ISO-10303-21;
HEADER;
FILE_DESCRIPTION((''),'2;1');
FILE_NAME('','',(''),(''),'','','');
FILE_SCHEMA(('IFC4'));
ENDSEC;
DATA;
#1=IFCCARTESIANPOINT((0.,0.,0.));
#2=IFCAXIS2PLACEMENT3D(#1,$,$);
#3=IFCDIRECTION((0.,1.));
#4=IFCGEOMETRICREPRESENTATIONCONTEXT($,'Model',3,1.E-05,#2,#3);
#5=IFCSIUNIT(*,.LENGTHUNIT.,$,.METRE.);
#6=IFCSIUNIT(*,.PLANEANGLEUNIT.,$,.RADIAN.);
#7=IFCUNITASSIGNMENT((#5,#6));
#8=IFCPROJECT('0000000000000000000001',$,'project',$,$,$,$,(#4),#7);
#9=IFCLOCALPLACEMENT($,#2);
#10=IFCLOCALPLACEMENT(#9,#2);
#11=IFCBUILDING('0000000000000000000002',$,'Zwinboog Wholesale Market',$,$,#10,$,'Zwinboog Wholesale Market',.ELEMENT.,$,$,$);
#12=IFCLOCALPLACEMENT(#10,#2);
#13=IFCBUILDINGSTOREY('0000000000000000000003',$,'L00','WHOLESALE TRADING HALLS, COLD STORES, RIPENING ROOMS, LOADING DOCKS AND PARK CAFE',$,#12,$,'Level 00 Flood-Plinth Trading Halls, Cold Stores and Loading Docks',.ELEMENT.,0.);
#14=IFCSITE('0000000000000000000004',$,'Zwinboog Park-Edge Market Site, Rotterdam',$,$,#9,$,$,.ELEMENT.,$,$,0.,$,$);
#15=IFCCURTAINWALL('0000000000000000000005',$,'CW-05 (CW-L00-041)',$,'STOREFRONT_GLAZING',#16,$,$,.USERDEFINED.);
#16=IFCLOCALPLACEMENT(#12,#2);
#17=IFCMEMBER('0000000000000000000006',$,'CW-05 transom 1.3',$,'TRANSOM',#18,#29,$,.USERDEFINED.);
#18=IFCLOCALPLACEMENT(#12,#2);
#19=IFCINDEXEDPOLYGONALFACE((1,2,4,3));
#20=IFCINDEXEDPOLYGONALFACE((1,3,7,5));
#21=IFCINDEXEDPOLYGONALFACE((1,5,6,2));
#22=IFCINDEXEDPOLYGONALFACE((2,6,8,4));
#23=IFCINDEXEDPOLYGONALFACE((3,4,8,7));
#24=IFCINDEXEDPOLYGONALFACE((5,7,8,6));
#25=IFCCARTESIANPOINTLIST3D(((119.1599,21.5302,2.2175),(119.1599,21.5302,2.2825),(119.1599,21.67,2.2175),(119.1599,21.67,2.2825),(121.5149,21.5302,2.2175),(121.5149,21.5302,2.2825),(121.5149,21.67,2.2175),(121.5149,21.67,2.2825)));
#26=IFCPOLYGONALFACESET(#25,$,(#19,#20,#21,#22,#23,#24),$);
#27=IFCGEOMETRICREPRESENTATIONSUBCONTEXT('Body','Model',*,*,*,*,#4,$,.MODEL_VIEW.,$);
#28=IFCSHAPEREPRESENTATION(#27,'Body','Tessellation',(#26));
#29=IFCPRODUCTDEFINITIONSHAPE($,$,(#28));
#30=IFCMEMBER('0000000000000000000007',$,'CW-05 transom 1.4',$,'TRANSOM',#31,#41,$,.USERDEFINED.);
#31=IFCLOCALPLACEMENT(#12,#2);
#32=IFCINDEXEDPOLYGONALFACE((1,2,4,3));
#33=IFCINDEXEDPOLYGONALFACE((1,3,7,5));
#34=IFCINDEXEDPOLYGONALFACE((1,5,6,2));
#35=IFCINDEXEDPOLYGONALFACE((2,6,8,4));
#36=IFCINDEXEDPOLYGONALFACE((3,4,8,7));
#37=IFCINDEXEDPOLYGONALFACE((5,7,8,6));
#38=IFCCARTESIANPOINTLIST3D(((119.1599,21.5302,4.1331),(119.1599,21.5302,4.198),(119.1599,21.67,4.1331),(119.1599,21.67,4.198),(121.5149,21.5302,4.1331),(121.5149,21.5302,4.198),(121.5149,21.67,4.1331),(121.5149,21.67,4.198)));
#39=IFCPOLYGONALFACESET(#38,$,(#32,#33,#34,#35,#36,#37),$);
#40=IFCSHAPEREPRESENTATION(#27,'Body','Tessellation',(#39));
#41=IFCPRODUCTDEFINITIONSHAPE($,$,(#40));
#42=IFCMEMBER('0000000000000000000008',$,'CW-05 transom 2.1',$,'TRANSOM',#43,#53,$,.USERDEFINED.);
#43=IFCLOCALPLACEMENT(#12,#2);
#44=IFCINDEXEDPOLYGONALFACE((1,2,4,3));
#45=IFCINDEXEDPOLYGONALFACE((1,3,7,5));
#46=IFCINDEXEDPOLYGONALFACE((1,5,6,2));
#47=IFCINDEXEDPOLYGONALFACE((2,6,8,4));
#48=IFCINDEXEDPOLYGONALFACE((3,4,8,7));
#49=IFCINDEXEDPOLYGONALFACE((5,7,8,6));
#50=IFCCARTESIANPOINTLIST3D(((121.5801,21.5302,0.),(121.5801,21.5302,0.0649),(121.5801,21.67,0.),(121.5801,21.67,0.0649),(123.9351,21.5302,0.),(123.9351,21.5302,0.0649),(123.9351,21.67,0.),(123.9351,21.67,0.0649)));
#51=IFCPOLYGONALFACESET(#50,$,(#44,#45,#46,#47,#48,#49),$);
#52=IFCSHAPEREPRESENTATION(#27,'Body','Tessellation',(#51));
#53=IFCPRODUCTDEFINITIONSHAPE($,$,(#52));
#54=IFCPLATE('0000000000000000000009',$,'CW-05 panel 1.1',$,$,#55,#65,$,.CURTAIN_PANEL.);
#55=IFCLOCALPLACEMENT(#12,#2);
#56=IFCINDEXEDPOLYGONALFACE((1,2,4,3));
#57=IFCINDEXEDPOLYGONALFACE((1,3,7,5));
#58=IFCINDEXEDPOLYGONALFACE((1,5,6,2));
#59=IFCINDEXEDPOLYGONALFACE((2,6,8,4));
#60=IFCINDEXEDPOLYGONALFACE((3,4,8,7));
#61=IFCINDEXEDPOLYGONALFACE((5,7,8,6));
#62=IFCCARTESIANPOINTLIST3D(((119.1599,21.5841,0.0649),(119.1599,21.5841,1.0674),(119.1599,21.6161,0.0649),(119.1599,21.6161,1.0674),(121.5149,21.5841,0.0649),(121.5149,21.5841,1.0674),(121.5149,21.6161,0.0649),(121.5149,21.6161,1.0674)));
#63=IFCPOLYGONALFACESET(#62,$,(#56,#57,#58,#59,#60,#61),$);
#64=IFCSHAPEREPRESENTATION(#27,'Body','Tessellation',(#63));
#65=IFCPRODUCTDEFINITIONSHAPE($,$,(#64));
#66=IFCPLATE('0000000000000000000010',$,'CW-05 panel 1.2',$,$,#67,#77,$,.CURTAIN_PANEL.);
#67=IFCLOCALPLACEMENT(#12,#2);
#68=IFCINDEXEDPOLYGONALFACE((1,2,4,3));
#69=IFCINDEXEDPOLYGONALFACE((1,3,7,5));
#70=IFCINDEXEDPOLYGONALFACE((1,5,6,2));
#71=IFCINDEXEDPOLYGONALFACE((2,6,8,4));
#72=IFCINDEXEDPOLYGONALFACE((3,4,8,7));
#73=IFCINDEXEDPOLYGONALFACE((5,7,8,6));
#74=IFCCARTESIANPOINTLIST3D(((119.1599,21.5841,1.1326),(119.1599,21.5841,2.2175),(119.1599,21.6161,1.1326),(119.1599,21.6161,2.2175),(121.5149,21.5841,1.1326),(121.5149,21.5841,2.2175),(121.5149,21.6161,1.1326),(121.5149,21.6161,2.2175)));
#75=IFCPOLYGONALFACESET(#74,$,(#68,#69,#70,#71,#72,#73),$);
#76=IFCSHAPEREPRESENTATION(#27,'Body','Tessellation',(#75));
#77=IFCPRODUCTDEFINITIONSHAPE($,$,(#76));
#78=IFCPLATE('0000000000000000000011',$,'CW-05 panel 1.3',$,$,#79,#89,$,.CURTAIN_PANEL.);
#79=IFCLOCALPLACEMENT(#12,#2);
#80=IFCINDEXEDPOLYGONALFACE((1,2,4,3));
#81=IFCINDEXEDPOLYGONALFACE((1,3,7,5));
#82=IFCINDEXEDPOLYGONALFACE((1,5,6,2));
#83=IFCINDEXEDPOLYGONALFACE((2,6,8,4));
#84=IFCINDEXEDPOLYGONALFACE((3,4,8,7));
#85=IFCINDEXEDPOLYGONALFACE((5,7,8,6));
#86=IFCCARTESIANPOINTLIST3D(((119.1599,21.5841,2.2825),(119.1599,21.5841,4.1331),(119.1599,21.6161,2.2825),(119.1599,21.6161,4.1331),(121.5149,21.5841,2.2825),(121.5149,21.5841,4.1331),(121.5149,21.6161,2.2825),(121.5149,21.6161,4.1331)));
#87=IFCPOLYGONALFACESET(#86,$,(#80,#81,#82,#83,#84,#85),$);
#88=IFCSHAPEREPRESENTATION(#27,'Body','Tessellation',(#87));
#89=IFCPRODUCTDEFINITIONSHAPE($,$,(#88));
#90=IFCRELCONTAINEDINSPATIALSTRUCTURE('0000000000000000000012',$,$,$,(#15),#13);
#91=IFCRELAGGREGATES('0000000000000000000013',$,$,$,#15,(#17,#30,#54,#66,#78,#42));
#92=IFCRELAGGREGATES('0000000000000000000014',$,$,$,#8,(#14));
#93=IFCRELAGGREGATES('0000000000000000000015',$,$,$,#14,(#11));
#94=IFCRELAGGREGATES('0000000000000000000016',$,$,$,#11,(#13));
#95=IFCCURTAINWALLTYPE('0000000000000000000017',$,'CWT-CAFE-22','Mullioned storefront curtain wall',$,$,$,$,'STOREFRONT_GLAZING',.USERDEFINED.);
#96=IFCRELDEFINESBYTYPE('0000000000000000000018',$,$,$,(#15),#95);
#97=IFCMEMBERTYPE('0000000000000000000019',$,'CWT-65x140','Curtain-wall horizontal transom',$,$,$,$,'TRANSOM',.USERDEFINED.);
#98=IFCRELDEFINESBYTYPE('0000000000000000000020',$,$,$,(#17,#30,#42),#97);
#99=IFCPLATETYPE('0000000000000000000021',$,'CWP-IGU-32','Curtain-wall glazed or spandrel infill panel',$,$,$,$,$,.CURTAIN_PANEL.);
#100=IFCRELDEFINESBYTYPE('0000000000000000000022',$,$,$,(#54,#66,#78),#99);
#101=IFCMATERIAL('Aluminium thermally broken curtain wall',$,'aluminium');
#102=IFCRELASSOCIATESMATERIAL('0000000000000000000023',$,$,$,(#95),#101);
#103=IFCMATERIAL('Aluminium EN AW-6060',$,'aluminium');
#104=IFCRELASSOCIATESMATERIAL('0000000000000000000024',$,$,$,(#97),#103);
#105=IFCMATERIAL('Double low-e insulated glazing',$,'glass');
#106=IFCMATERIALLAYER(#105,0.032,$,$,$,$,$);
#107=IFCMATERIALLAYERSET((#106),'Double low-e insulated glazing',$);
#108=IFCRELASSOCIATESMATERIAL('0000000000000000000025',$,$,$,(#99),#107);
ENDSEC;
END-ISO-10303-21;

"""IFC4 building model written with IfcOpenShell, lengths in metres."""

from ifc_helpers import new_model, si_unit, direction, frame, origin, origin_2d, place, context, subcontext, project, spatial, rectangle, extrude, material, layer, layer_set, material_profile, profile_set, type_object, element, aggregate, save


model = new_model("IFC4")

# Units and contexts
model_context = context("Model", 3, precision=1e-05, world=origin(), true_north=direction((0.0, 1.0)))
body_context = subcontext(model_context, "Body", "Model", "MODEL_VIEW")
ifc_project = project(units=[si_unit("LENGTHUNIT", "METRE"), si_unit("PLANEANGLEUNIT", "RADIAN")], contexts=[model_context])

# Site, building, storey
site_placement = place(None, origin())
site = spatial("IfcSite", under=ifc_project, at=site_placement, Name="Zwinboog Park-Edge Market Site, Rotterdam", CompositionType="ELEMENT", RefElevation=0.0)
building_placement = place(site_placement, origin())
building = spatial("IfcBuilding", under=site, at=building_placement, Name="Zwinboog Wholesale Market", LongName="Zwinboog Wholesale Market", CompositionType="ELEMENT")
storey_placement = place(building_placement, origin())
storey = spatial("IfcBuildingStorey", under=building, at=storey_placement, Name="L00", Description="WHOLESALE TRADING HALLS, COLD STORES, RIPENING ROOMS, LOADING DOCKS AND PARK CAFE", LongName="Level 00 Flood-Plinth Trading Halls, Cold Stores and Loading Docks", CompositionType="ELEMENT", Elevation=0.0)

# Curtain wall, members, plates
ifc_material_1 = material(Name="Aluminium thermally broken curtain wall", Category="aluminium")
curtain_wall_type = type_object("IfcCurtainWallType", Name="CWT-CAFE-22", Description="Mullioned storefront curtain wall", ElementType="STOREFRONT_GLAZING", PredefinedType="USERDEFINED", material=ifc_material_1)
curtain_wall_placement = place(storey_placement, origin())
curtain_wall = element("IfcCurtainWall", 1, at=curtain_wall_placement, inside=storey, type_object=curtain_wall_type, Name="CW-05 (CW-L00-041)", ObjectType="STOREFRONT_GLAZING", PredefinedType="USERDEFINED")
ifc_material_2 = material(Name="Aluminium EN AW-6060", Category="aluminium")
ifc_material_profile_1 = material_profile(ifc_material_2, rectangle(XDim=0.1399, YDim=0.0649, at=origin_2d()), Name="AL 65x140")
ifc_profile_set_1 = profile_set([ifc_material_profile_1], Name="Aluminium EN AW-6060")
member_type_1 = type_object("IfcMemberType", Name="CWT-65x140", Description="Curtain-wall horizontal transom", ElementType="TRANSOM", PredefinedType="USERDEFINED", material=ifc_profile_set_1)
member_1_placement = place(storey_placement, frame((119.1599, 21.6001, 2.25), z_axis=(1.0, 0.0, 0.0), x_axis=(0.0, 1.0, 0.0)))
member_1 = element("IfcMember", 2, at=member_1_placement, type_object=member_type_1, Name="CW-05 transom 1.3", ObjectType="TRANSOM", PredefinedType="USERDEFINED", context=body_context, shape_type="SweptSolid", body=[
    extrude(rectangle(XDim=0.1399, YDim=0.0649, at=origin_2d()), origin(), (0.0, 0.0, 1.0), 2.355),
])
member_2_placement = place(storey_placement, frame((119.1599, 21.6001, 4.1655), z_axis=(1.0, 0.0, 0.0), x_axis=(0.0, 1.0, 0.0)))
member_2 = element("IfcMember", 3, at=member_2_placement, type_object=member_type_1, Name="CW-05 transom 1.4", ObjectType="TRANSOM", PredefinedType="USERDEFINED", context=body_context, shape_type="SweptSolid", body=[
    extrude(rectangle(XDim=0.1399, YDim=0.0649, at=origin_2d()), origin(), (0.0, 0.0, 1.0), 2.355),
])
member_3_placement = place(storey_placement, frame((121.5801, 21.6001, 0.0325), z_axis=(1.0, 0.0, 0.0), x_axis=(0.0, 1.0, 0.0)))
member_3 = element("IfcMember", 4, at=member_3_placement, type_object=member_type_1, Name="CW-05 transom 2.1", ObjectType="TRANSOM", PredefinedType="USERDEFINED", context=body_context, shape_type="SweptSolid", body=[
    extrude(rectangle(XDim=0.1399, YDim=0.0649, at=origin_2d()), origin(), (0.0, 0.0, 1.0), 2.355),
])
ifc_material_3 = material(Name="Double low-e insulated glazing", Category="glass")
ifc_layer = layer(ifc_material_3, 0.032)
ifc_layer_set = layer_set([ifc_layer], Name="Double low-e insulated glazing")
plate_type = type_object("IfcPlateType", Name="CWP-IGU-32", Description="Curtain-wall glazed or spandrel infill panel", PredefinedType="CURTAIN_PANEL", material=ifc_layer_set)
plate_1_placement = place(storey_placement, frame((120.3374, 21.6001, 0.0649), z_axis=(0.0, 0.0, 1.0), x_axis=(1.0, 0.0, 0.0)))
plate_1 = element("IfcPlate", 5, at=plate_1_placement, type_object=plate_type, Name="CW-05 panel 1.1", PredefinedType="CURTAIN_PANEL", context=body_context, shape_type="SweptSolid", body=[
    extrude(rectangle(XDim=2.355, YDim=0.032, at=origin_2d()), origin(), (0.0, 0.0, 1.0), 1.0024),
])
plate_2_placement = place(storey_placement, frame((120.3374, 21.6001, 1.1326), z_axis=(0.0, 0.0, 1.0), x_axis=(1.0, 0.0, 0.0)))
plate_2 = element("IfcPlate", 6, at=plate_2_placement, type_object=plate_type, Name="CW-05 panel 1.2", PredefinedType="CURTAIN_PANEL", context=body_context, shape_type="SweptSolid", body=[
    extrude(rectangle(XDim=2.355, YDim=0.032, at=origin_2d()), origin(), (0.0, 0.0, 1.0), 1.085),
])
plate_3_placement = place(storey_placement, frame((120.3374, 21.6001, 2.2825), z_axis=(0.0, 0.0, 1.0), x_axis=(1.0, 0.0, 0.0)))
plate_3 = element("IfcPlate", 7, at=plate_3_placement, type_object=plate_type, Name="CW-05 panel 1.3", PredefinedType="CURTAIN_PANEL", context=body_context, shape_type="SweptSolid", body=[
    extrude(rectangle(XDim=2.355, YDim=0.032, at=origin_2d()), origin(), (0.0, 0.0, 1.0), 1.8506),
])
aggregate(curtain_wall, [member_1, member_2, plate_1, plate_2, plate_3, member_3])

save(model, "model.ifc")
